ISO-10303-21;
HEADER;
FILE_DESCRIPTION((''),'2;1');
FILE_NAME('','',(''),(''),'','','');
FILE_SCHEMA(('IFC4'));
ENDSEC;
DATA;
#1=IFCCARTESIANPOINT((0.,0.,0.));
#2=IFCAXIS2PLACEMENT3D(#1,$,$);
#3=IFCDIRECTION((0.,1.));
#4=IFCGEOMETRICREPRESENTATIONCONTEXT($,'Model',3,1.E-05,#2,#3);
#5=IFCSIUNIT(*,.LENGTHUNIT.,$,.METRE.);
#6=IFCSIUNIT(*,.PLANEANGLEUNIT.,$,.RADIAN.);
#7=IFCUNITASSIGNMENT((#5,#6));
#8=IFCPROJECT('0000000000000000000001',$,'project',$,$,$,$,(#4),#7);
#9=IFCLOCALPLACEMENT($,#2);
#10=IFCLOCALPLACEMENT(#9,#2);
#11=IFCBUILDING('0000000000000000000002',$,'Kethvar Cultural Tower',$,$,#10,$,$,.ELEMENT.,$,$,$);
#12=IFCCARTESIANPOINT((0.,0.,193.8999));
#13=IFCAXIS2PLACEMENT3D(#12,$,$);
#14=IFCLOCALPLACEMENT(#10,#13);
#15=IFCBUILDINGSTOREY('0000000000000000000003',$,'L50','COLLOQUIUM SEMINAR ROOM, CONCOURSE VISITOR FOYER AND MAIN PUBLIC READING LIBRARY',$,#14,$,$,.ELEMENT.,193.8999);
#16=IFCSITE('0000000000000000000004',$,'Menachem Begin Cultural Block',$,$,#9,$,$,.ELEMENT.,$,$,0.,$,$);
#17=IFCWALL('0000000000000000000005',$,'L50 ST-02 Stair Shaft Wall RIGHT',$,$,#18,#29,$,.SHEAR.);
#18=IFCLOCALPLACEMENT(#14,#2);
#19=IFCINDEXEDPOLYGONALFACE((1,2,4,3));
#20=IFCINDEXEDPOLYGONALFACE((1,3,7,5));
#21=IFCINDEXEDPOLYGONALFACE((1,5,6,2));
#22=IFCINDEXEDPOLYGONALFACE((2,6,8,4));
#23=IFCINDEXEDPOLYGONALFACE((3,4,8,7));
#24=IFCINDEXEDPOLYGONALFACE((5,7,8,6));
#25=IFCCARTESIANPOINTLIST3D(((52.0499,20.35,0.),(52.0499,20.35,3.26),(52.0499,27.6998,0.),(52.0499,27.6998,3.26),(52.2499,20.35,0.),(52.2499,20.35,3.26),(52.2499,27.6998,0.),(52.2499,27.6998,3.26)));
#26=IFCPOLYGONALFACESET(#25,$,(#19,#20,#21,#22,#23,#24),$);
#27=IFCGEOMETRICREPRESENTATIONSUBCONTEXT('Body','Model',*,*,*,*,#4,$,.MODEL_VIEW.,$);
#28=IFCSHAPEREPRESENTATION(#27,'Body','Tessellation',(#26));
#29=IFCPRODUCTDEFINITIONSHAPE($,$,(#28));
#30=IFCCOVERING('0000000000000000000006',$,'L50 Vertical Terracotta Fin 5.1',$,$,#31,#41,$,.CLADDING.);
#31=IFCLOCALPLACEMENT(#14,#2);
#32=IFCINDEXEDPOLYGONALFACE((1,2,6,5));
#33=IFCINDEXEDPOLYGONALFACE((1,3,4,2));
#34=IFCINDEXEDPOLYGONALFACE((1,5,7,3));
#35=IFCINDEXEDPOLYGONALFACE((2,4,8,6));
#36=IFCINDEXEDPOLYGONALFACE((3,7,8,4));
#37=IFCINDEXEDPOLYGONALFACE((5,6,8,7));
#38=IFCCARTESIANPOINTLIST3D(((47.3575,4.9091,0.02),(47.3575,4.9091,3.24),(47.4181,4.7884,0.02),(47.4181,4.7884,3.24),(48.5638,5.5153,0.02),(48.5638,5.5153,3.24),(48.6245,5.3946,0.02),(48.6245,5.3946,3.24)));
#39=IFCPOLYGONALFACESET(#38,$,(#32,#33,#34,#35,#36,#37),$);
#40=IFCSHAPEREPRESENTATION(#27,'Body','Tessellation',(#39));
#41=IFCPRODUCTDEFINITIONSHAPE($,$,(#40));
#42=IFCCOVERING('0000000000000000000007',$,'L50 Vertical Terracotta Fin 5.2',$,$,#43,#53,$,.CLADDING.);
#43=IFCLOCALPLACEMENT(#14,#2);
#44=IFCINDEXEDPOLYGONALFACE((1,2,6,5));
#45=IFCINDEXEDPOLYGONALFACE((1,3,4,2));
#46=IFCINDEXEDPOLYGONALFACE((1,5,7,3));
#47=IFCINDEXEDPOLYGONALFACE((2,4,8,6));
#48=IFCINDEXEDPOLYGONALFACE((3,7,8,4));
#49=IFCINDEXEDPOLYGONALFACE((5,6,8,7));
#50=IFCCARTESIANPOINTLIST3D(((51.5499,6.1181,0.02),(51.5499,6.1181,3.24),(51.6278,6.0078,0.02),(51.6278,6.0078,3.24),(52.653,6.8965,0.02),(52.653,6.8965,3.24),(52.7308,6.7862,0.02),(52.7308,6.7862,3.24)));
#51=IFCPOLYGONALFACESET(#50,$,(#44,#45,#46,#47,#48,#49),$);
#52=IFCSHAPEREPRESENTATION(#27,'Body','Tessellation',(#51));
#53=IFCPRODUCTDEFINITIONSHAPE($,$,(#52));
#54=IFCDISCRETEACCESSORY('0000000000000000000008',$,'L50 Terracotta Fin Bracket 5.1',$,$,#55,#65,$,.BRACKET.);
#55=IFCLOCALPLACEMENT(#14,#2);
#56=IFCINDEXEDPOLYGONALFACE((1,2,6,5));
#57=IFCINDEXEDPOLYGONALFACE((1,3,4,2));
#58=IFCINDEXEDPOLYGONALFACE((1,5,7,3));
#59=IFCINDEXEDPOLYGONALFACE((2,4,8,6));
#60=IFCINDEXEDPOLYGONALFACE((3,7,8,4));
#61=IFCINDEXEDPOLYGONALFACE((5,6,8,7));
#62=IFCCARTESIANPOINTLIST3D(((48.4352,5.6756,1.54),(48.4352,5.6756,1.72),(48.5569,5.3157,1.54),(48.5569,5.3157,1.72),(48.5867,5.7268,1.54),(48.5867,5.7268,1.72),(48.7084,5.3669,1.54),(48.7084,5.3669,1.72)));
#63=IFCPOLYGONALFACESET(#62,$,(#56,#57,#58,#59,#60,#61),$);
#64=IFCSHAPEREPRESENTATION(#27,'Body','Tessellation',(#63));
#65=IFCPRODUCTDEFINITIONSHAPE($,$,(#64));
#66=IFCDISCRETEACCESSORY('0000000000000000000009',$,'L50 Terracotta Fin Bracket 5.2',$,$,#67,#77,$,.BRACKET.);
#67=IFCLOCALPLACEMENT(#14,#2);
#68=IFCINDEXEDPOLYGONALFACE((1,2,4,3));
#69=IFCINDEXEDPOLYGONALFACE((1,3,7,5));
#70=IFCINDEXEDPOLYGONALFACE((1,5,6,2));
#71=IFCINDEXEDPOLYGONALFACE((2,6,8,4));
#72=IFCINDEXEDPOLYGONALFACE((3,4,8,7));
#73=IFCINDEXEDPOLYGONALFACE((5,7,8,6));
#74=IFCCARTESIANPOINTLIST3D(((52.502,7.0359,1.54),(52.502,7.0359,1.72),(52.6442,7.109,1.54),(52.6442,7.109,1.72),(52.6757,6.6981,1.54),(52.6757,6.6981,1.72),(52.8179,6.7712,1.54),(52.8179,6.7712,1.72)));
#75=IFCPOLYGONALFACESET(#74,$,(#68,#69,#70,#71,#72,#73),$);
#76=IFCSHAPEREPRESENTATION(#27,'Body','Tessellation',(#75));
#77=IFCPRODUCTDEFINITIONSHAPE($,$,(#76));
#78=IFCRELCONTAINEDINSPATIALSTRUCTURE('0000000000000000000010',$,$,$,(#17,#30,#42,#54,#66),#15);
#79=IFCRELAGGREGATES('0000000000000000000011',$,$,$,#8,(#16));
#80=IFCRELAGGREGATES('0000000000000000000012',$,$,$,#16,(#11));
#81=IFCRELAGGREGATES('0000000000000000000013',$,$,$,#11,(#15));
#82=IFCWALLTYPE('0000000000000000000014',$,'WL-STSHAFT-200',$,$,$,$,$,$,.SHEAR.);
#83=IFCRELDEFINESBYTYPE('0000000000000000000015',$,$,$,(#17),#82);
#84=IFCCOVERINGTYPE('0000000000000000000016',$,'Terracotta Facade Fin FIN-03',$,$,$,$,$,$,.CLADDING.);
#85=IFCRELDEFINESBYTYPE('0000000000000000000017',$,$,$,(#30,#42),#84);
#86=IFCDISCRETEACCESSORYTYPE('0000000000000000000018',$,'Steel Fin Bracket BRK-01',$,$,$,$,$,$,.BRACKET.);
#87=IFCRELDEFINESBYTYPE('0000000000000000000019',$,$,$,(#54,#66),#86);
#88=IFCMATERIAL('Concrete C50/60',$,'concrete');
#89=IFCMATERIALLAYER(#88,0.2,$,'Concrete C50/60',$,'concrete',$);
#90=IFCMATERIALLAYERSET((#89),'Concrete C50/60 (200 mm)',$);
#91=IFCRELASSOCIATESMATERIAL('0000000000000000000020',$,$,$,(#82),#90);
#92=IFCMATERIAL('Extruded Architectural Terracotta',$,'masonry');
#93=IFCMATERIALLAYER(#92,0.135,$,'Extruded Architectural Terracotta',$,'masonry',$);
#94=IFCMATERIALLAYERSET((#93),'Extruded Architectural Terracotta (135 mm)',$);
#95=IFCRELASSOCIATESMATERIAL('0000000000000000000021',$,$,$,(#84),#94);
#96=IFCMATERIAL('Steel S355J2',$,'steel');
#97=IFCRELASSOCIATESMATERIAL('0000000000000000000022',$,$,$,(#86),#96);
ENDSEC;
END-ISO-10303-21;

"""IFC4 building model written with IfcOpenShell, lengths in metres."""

from ifc_helpers import new_model, si_unit, direction, frame, frame_2d, origin, origin_2d, place, context, subcontext, project, spatial, rectangle, extrude, source, transform, mapped, material, layer, layer_set, type_object, element, save


model = new_model("IFC4")

# Units and contexts
model_context = context("Model", 3, precision=1e-05, world=origin(), true_north=direction((0.0, 1.0)))
body_context = subcontext(model_context, "Body", "Model", "MODEL_VIEW")
ifc_project = project(units=[si_unit("LENGTHUNIT", "METRE"), si_unit("PLANEANGLEUNIT", "RADIAN")], contexts=[model_context])

# Site, building, storey
site_placement = place(None, origin())
site = spatial("IfcSite", under=ifc_project, at=site_placement, Name="Menachem Begin Cultural Block", CompositionType="ELEMENT", RefElevation=0.0)
building_placement = place(site_placement, origin())
building = spatial("IfcBuilding", under=site, at=building_placement, Name="Kethvar Cultural Tower", CompositionType="ELEMENT")
storey_placement = place(building_placement, frame((0.0, 0.0, 193.8999)))
storey = spatial("IfcBuildingStorey", under=building, at=storey_placement, Name="L50", Description="COLLOQUIUM SEMINAR ROOM, CONCOURSE VISITOR FOYER AND MAIN PUBLIC READING LIBRARY", CompositionType="ELEMENT", Elevation=193.8999)

# Shared definitions
ifc_material_1 = material(Name="Steel S355J2", Category="steel")

# Wall
ifc_material_2 = material(Name="Concrete C50/60", Category="concrete")
ifc_layer_1 = layer(ifc_material_2, 0.2, Name="Concrete C50/60", Category="concrete")
ifc_layer_set_1 = layer_set([ifc_layer_1], Name="Concrete C50/60 (200 mm)")
wall_type_1 = type_object("IfcWallType", Name="WL-STSHAFT-200", PredefinedType="SHEAR", material=ifc_layer_set_1)
wall_1_placement = place(storey_placement, frame((52.1499, 20.3501, 0.0), z_axis=(0.0, 0.0, 1.0), x_axis=(0.0, 1.0, 0.0)))
element("IfcWall", 1, at=wall_1_placement, inside=storey, type_object=wall_type_1, Name="L50 ST-02 Stair Shaft Wall RIGHT", PredefinedType="SHEAR", context=body_context, shape_type="SweptSolid", body=[
    extrude(rectangle(XDim=7.3499, YDim=0.2, at=frame_2d((3.6748, 0.0))), origin(), (0.0, 0.0, 1.0), 3.26),
])

# Coverings
ifc_material_3 = material(Name="Extruded Architectural Terracotta", Category="masonry")
ifc_layer_2 = layer(ifc_material_3, 0.135, Name="Extruded Architectural Terracotta", Category="masonry")
ifc_layer_set_2 = layer_set([ifc_layer_2], Name="Extruded Architectural Terracotta (135 mm)")
covering_type = type_object("IfcCoveringType", Name="Terracotta Facade Fin FIN-03", PredefinedType="CLADDING", material=ifc_layer_set_2)
shared_shape_1 = source(origin(), body_context, "Body", "SweptSolid", [
    extrude(rectangle(XDim=1.3501, YDim=0.135, at=origin_2d()), origin(), (0.0, 0.0, 1.0), 3.22),
])
for number, where, z_axis, x_axis, name in (
    (2, (47.991, 5.1519, 0.02), (0.0, 0.0, 1.0), (-0.893528, -0.449007, 0.0), "L50 Vertical Terracotta Fin 5.1"),
    (3, (52.1404, 6.4521, 0.02), (0.0, 0.0, 1.0), (-0.817044, -0.576575, 0.0), "L50 Vertical Terracotta Fin 5.2"),
):
    element("IfcCovering", number, at=place(storey_placement, frame(where, z_axis=z_axis, x_axis=x_axis)), inside=storey, type_object=covering_type, Name=name, PredefinedType="CLADDING", context=body_context, shape_type="MappedRepresentation", body=[
        mapped(shared_shape_1, transform((0.0, 0.0, 0.0), scale=1.0)),
    ])

# Discrete accessories
discrete_accessory_type = type_object("IfcDiscreteAccessoryType", Name="Steel Fin Bracket BRK-01", PredefinedType="BRACKET", material=ifc_material_1)
shared_shape_2 = source(origin(), body_context, "Body", "SweptSolid", [
    extrude(rectangle(XDim=0.3799, YDim=0.1599, at=origin_2d()), origin(), (0.0, 0.0, 1.0), 0.1799),
])
for number, where, z_axis, x_axis, name in (
    (4, (48.5718, 5.5212, 1.54), (0.0, 0.0, 1.0), (0.320282, -0.947322, 0.0), "L50 Terracotta Fin Bracket 5.1"),
    (5, (52.6599, 6.9036, 1.54), (0.0, 0.0, 1.0), (0.457253, -0.889337, 0.0), "L50 Terracotta Fin Bracket 5.2"),
):
    element("IfcDiscreteAccessory", number, at=place(storey_placement, frame(where, z_axis=z_axis, x_axis=x_axis)), inside=storey, type_object=discrete_accessory_type, Name=name, PredefinedType="BRACKET", context=body_context, shape_type="MappedRepresentation", body=[
        mapped(shared_shape_2, transform((0.0, 0.0, 0.0), scale=1.0)),
    ])

save(model, "model.ifc")
